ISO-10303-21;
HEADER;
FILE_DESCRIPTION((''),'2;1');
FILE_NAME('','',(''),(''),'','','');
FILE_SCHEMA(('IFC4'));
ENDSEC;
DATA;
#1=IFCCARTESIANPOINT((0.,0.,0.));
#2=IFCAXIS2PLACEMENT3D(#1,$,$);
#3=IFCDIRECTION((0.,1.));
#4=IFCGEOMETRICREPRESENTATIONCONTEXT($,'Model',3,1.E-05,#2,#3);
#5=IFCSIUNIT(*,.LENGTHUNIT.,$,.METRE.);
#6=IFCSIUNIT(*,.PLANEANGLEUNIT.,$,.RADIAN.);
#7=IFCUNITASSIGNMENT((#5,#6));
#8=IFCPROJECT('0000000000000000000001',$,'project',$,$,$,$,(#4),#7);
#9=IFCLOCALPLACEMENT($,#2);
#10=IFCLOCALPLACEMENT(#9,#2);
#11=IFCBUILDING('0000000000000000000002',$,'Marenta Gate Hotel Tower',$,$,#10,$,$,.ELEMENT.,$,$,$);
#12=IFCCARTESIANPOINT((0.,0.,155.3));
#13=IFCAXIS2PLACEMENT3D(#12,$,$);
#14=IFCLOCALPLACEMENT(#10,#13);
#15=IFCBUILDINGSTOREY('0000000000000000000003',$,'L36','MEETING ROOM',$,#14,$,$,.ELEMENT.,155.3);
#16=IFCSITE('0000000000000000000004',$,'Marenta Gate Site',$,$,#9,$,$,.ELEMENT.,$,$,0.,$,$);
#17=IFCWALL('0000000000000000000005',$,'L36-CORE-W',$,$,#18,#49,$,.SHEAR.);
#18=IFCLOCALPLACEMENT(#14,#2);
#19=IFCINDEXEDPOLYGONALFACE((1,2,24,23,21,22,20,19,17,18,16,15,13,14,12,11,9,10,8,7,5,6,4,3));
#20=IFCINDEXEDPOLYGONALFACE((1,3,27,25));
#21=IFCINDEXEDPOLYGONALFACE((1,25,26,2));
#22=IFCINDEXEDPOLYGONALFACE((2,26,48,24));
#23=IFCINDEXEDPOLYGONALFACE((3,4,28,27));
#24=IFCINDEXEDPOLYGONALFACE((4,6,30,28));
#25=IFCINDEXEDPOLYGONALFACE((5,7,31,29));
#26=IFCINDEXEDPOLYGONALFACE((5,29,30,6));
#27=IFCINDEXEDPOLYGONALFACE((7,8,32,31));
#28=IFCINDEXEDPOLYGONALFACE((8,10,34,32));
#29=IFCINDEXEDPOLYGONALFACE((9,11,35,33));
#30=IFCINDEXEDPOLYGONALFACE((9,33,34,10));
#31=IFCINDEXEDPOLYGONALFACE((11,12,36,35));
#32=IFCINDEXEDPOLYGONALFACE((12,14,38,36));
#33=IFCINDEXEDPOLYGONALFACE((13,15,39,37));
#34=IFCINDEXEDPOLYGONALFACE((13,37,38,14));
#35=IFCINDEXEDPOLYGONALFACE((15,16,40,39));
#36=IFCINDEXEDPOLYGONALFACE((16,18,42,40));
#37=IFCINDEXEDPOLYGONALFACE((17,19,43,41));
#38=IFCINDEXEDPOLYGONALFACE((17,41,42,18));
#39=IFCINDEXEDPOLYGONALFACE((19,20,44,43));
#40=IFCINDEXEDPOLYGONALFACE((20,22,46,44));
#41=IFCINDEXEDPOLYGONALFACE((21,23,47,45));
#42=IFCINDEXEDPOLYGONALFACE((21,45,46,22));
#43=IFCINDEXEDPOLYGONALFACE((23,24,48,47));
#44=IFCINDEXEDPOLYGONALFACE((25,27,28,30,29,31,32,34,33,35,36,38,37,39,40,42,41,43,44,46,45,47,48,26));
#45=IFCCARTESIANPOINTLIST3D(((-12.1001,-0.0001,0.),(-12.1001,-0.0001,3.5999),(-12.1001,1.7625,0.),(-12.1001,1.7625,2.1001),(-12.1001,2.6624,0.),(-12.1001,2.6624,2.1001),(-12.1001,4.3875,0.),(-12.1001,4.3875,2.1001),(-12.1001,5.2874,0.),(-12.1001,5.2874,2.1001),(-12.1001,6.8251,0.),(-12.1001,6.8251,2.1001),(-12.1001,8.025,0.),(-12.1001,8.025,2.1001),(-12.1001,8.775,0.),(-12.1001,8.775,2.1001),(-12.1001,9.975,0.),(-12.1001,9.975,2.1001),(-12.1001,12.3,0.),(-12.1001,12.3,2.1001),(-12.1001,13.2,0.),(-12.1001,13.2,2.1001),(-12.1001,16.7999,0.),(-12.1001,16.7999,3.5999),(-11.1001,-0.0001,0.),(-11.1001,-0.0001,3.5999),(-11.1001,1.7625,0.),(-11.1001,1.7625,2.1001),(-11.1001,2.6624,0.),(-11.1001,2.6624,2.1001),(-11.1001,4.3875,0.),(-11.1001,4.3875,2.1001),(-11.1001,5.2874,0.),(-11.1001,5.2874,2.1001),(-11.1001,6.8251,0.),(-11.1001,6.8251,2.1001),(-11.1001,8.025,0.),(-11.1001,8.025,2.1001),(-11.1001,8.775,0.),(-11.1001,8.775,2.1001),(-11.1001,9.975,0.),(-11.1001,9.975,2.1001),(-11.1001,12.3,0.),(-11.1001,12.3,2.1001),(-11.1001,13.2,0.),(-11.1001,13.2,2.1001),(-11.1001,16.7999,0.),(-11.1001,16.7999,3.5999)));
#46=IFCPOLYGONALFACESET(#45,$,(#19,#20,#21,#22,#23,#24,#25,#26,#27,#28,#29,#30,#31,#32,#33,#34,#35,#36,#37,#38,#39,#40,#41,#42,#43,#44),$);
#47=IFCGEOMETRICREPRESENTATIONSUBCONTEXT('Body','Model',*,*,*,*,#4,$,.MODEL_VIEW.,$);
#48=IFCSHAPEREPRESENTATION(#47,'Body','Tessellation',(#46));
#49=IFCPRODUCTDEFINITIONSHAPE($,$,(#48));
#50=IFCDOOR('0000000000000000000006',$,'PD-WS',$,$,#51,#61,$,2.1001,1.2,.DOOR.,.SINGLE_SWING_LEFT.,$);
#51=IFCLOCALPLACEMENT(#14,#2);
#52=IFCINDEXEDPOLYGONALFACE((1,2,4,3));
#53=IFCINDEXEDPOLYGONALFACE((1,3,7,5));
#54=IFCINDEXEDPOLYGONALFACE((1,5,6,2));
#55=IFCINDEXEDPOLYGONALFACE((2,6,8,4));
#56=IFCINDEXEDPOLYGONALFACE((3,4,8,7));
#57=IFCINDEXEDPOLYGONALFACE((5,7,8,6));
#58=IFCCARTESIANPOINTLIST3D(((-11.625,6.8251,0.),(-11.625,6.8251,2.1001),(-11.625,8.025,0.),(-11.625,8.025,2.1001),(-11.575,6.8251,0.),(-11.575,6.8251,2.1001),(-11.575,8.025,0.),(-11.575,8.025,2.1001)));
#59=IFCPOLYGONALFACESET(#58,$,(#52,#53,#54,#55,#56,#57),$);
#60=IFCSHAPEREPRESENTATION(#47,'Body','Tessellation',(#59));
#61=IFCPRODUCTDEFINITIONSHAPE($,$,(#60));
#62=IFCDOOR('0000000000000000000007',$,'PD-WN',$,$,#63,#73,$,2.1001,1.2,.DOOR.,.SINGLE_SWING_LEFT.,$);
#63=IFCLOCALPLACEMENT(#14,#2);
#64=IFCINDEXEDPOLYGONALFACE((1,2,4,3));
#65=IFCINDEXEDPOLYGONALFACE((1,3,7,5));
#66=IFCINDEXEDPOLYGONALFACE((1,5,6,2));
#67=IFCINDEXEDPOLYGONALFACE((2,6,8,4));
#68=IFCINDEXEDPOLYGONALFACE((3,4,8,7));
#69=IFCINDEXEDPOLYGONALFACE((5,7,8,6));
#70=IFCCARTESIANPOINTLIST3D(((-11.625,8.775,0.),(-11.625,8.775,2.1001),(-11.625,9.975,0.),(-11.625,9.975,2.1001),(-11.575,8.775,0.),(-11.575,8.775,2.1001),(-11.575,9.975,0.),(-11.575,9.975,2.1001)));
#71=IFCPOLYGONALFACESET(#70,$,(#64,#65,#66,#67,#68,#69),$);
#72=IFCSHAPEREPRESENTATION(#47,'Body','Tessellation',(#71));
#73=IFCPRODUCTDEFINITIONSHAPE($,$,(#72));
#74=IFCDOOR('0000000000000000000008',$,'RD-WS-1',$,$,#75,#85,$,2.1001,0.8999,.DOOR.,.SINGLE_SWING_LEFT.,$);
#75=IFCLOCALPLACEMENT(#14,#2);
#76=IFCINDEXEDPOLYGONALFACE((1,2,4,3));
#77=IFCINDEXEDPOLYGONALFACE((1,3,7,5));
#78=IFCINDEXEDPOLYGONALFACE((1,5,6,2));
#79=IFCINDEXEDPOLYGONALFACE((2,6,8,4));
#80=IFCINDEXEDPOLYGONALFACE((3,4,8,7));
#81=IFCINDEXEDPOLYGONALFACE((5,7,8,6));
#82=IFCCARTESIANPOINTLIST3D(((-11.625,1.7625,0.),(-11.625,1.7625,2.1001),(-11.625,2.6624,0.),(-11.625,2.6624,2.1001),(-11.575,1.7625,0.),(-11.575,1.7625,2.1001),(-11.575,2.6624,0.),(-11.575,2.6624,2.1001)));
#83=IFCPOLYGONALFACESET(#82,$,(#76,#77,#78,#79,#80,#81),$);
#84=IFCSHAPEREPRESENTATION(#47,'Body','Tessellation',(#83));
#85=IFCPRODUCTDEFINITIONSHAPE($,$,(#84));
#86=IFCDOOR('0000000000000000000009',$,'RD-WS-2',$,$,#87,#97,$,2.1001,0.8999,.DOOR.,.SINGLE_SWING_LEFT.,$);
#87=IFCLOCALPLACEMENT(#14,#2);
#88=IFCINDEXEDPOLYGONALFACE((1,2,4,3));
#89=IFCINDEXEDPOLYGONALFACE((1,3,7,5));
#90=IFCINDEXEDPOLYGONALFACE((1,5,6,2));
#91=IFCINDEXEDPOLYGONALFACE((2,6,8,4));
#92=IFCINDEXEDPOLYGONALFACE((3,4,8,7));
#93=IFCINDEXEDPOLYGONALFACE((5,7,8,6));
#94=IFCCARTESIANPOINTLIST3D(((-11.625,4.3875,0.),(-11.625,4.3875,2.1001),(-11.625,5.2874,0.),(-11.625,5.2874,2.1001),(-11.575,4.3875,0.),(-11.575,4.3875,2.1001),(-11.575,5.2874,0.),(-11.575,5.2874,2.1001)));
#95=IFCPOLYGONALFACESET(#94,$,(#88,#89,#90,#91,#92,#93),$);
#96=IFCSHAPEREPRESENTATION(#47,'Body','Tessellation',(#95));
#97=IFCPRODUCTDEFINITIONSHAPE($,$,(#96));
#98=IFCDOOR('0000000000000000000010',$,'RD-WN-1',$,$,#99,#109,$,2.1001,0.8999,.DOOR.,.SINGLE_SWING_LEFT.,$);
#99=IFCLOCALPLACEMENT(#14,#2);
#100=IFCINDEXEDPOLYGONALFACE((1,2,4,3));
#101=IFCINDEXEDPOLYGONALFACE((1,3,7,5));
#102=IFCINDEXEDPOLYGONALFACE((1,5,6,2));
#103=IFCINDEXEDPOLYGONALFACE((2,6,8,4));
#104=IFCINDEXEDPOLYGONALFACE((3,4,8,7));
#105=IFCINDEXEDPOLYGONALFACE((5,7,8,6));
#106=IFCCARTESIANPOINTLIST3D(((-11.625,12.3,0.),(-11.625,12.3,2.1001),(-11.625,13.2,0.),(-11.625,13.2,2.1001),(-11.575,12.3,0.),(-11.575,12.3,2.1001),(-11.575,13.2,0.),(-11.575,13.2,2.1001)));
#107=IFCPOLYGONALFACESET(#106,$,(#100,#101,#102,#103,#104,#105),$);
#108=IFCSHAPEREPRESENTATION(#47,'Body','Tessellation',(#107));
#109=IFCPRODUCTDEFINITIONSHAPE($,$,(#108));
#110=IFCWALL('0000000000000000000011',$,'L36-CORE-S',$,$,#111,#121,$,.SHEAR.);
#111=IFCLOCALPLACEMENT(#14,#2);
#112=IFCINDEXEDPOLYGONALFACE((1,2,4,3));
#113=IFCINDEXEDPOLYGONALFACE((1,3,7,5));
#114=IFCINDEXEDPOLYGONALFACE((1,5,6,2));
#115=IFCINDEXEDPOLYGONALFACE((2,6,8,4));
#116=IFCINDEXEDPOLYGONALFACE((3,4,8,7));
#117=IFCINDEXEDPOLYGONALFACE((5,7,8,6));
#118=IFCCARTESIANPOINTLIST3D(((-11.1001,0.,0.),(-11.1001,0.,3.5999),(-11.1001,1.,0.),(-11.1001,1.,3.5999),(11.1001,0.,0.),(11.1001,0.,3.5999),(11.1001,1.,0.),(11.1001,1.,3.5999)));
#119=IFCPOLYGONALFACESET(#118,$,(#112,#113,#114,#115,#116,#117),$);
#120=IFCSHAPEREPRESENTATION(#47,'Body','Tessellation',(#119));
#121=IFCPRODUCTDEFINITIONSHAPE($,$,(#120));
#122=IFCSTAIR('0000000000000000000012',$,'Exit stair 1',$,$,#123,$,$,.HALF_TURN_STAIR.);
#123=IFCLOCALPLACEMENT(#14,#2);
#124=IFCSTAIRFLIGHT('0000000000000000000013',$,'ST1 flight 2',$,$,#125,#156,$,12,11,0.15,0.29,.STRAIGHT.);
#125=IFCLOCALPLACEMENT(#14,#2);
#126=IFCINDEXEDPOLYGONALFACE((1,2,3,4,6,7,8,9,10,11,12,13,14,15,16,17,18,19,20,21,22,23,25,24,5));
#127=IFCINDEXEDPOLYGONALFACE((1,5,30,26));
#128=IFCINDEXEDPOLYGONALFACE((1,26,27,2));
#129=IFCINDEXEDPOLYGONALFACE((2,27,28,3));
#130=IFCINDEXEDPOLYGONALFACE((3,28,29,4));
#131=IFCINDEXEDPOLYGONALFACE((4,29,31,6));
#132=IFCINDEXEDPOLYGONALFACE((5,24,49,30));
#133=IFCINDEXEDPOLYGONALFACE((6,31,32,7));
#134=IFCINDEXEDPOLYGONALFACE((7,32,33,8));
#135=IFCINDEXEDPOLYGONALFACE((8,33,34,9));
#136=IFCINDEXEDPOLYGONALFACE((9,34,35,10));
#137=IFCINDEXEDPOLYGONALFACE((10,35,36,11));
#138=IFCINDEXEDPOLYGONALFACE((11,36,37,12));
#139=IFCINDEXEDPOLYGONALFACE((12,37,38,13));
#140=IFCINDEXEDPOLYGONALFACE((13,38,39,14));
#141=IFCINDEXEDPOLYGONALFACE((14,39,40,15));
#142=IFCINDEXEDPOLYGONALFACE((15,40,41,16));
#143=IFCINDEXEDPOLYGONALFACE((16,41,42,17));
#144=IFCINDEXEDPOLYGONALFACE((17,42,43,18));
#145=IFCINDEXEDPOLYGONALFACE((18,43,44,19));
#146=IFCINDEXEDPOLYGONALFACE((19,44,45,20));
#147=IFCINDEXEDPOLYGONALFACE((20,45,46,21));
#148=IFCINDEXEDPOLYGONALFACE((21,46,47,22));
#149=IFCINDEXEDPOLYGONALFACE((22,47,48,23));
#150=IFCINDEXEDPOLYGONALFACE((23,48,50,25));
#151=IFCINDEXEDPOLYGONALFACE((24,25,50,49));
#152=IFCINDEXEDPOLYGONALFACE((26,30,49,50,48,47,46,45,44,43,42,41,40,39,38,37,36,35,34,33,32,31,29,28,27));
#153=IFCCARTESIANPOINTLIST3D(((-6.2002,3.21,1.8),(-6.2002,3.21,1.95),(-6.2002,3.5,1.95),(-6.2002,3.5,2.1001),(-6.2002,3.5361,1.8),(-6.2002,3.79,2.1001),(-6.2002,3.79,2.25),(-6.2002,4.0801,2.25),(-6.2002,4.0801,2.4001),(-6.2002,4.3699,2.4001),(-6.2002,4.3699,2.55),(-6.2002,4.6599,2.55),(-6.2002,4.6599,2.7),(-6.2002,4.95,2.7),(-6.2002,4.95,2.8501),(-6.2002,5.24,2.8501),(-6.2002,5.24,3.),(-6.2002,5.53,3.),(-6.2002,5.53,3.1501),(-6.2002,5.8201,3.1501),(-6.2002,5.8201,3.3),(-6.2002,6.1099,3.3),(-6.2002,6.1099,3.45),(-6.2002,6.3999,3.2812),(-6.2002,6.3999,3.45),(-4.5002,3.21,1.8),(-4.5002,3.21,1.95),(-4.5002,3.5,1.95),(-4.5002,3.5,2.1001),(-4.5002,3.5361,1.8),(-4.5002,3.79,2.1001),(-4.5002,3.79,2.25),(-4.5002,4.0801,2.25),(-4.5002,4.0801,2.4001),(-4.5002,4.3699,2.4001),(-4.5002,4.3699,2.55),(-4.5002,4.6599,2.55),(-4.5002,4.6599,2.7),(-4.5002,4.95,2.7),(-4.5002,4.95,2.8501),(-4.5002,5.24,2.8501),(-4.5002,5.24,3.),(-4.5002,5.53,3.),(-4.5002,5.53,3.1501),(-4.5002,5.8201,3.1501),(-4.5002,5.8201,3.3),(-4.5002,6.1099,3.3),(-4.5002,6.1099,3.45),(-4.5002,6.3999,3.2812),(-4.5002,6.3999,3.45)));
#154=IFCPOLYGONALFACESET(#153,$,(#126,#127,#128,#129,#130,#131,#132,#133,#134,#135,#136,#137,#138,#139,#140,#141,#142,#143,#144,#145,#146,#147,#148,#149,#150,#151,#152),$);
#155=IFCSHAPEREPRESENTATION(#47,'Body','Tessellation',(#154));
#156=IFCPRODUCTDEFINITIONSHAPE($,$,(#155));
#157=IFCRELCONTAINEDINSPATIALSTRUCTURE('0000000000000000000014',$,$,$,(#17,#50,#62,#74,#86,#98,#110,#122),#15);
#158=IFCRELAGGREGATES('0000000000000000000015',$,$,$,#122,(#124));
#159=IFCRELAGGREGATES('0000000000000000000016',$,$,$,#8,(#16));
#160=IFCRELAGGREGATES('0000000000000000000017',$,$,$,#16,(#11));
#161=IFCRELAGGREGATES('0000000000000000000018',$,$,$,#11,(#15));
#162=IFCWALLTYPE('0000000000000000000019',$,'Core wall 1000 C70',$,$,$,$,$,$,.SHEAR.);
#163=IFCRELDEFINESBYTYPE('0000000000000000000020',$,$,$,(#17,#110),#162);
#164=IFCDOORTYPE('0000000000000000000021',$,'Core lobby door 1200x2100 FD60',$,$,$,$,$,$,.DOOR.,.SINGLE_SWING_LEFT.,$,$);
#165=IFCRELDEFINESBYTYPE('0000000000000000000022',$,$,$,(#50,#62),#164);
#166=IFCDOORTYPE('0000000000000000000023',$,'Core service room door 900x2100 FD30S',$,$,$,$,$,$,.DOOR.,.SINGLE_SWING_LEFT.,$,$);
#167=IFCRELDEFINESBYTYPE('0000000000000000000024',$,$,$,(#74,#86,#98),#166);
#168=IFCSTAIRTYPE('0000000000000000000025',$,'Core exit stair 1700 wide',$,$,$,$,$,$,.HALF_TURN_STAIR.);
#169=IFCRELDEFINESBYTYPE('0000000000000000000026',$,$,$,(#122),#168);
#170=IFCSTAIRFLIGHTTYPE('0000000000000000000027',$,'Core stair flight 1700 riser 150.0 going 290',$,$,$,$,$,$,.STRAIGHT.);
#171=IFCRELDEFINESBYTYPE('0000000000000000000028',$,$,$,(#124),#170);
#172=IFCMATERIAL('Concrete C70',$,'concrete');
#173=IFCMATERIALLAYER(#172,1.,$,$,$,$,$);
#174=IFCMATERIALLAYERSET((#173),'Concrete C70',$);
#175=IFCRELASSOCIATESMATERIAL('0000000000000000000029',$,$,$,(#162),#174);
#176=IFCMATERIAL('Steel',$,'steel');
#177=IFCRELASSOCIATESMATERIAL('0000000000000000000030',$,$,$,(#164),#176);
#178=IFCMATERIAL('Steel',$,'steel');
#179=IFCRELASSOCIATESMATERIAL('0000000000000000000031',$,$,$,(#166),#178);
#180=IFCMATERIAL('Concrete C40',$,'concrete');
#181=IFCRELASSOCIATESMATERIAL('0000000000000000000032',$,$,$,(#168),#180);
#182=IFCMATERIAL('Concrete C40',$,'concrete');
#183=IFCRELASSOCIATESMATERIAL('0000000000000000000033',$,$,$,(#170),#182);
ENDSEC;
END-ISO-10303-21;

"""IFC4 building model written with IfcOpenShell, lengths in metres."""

from ifc_helpers import new_model, si_unit, direction, frame, frame_2d, origin, place, context, subcontext, project, spatial, polyline, rectangle, outline, extrude, material, layer, layer_set, type_object, element, fill, aggregate, save


model = new_model("IFC4")

# Units and contexts
model_context = context("Model", 3, precision=1e-05, world=origin(), true_north=direction((0.0, 1.0)))
body_context = subcontext(model_context, "Body", "Model", "MODEL_VIEW")
ifc_project = project(units=[si_unit("LENGTHUNIT", "METRE"), si_unit("PLANEANGLEUNIT", "RADIAN")], contexts=[model_context])

# Site, building, storey
site_placement = place(None, origin())
site = spatial("IfcSite", under=ifc_project, at=site_placement, Name="Marenta Gate Site", CompositionType="ELEMENT", RefElevation=0.0)
building_placement = place(site_placement, origin())
building = spatial("IfcBuilding", under=site, at=building_placement, Name="Marenta Gate Hotel Tower", CompositionType="ELEMENT")
storey_placement = place(building_placement, frame((0.0, 0.0, 155.3)))
storey = spatial("IfcBuildingStorey", under=building, at=storey_placement, Name="L36", Description="MEETING ROOM", CompositionType="ELEMENT", Elevation=155.3)

# Wall, openings, doors
ifc_material_1 = material(Name="Concrete C70", Category="concrete")
ifc_layer_1 = layer(ifc_material_1, 1.0)
ifc_layer_set_1 = layer_set([ifc_layer_1], Name="Concrete C70")
wall_type_1 = type_object("IfcWallType", Name="Core wall 1000 C70", PredefinedType="SHEAR", material=ifc_layer_set_1)
wall_1_placement = place(storey_placement, frame((-11.6001, 0.0, 0.0), z_axis=(0.0, 0.0, 1.0), x_axis=(0.0, 1.0, 0.0)))
wall_1 = element("IfcWall", 1, at=wall_1_placement, inside=storey, type_object=wall_type_1, Name="L36-CORE-W", PredefinedType="SHEAR", context=body_context, shape_type="SweptSolid", body=[
    extrude(rectangle(XDim=16.8, YDim=1.0, at=frame_2d((8.3999, 0.0))), origin(), (0.0, 0.0, 1.0), 3.5999),
])
opening_1_placement = place(wall_1_placement, frame((1.7625, 0.0, 0.0)))
opening_1 = element("IfcOpeningElement", 2, at=opening_1_placement, cuts=wall_1, PredefinedType="OPENING", context=body_context, shape_type="SweptSolid", body=[
    extrude(rectangle(XDim=0.8999, YDim=2.1001, at=frame_2d((0.45, 1.05))), frame((0.0, 0.5, 0.0), z_axis=(0.0, -1.0, 0.0), x_axis=(1.0, 0.0, 0.0)), (0.0, 0.0, 1.0), 1.0),
])
opening_2_placement = place(wall_1_placement, frame((4.3875, 0.0, 0.0)))
opening_2 = element("IfcOpeningElement", 3, at=opening_2_placement, cuts=wall_1, PredefinedType="OPENING", context=body_context, shape_type="SweptSolid", body=[
    extrude(rectangle(XDim=0.8999, YDim=2.1001, at=frame_2d((0.45, 1.05))), frame((0.0, 0.5, 0.0), z_axis=(0.0, -1.0, 0.0), x_axis=(1.0, 0.0, 0.0)), (0.0, 0.0, 1.0), 1.0),
])
opening_3_placement = place(wall_1_placement, frame((6.825, 0.0, 0.0)))
opening_3 = element("IfcOpeningElement", 4, at=opening_3_placement, cuts=wall_1, PredefinedType="OPENING", context=body_context, shape_type="SweptSolid", body=[
    extrude(rectangle(XDim=1.2, YDim=2.1001, at=frame_2d((0.6001, 1.05))), frame((0.0, 0.5, 0.0), z_axis=(0.0, -1.0, 0.0), x_axis=(1.0, 0.0, 0.0)), (0.0, 0.0, 1.0), 1.0),
])
opening_4_placement = place(wall_1_placement, frame((12.3, 0.0, 0.0)))
opening_4 = element("IfcOpeningElement", 5, at=opening_4_placement, cuts=wall_1, PredefinedType="OPENING", context=body_context, shape_type="SweptSolid", body=[
    extrude(rectangle(XDim=0.8999, YDim=2.1001, at=frame_2d((0.45, 1.05))), frame((0.0, 0.5, 0.0), z_axis=(0.0, -1.0, 0.0), x_axis=(1.0, 0.0, 0.0)), (0.0, 0.0, 1.0), 1.0),
])
opening_5_placement = place(wall_1_placement, frame((8.7749, 0.0, 0.0)))
opening_5 = element("IfcOpeningElement", 6, at=opening_5_placement, cuts=wall_1, PredefinedType="OPENING", context=body_context, shape_type="SweptSolid", body=[
    extrude(rectangle(XDim=1.2, YDim=2.1001, at=frame_2d((0.6001, 1.05))), frame((0.0, 0.5, 0.0), z_axis=(0.0, -1.0, 0.0), x_axis=(1.0, 0.0, 0.0)), (0.0, 0.0, 1.0), 1.0),
])
ifc_material_2 = material(Name="Steel", Category="steel")
door_type_1 = type_object("IfcDoorType", Name="Core lobby door 1200x2100 FD60", OperationType="SINGLE_SWING_LEFT", PredefinedType="DOOR", material=ifc_material_2)
door_1_placement = place(opening_3_placement, origin())
door_1 = element("IfcDoor", 7, at=door_1_placement, inside=storey, type_object=door_type_1, Name="PD-WS", OperationType="SINGLE_SWING_LEFT", OverallHeight=2.1001, OverallWidth=1.2, PredefinedType="DOOR", context=body_context, shape_type="SweptSolid", body=[
    extrude(rectangle(XDim=1.2, YDim=2.1001, at=frame_2d((0.6001, 1.05))), frame((0.0, 0.0249, 0.0), z_axis=(0.0, -1.0, 0.0), x_axis=(1.0, 0.0, 0.0)), (0.0, 0.0, 1.0), 0.05),
])
fill(opening_3, door_1)
door_2_placement = place(opening_5_placement, origin())
door_2 = element("IfcDoor", 8, at=door_2_placement, inside=storey, type_object=door_type_1, Name="PD-WN", OperationType="SINGLE_SWING_LEFT", OverallHeight=2.1001, OverallWidth=1.2, PredefinedType="DOOR", context=body_context, shape_type="SweptSolid", body=[
    extrude(rectangle(XDim=1.2, YDim=2.1001, at=frame_2d((0.6001, 1.05))), frame((0.0, 0.0249, 0.0), z_axis=(0.0, -1.0, 0.0), x_axis=(1.0, 0.0, 0.0)), (0.0, 0.0, 1.0), 0.05),
])
fill(opening_5, door_2)
ifc_material_3 = material(Name="Steel", Category="steel")
door_type_2 = type_object("IfcDoorType", Name="Core service room door 900x2100 FD30S", OperationType="SINGLE_SWING_LEFT", PredefinedType="DOOR", material=ifc_material_3)
door_3_placement = place(opening_1_placement, origin())
door_3 = element("IfcDoor", 9, at=door_3_placement, inside=storey, type_object=door_type_2, Name="RD-WS-1", OperationType="SINGLE_SWING_LEFT", OverallHeight=2.1001, OverallWidth=0.8999, PredefinedType="DOOR", context=body_context, shape_type="SweptSolid", body=[
    extrude(rectangle(XDim=0.8999, YDim=2.1001, at=frame_2d((0.45, 1.05))), frame((0.0, 0.0249, 0.0), z_axis=(0.0, -1.0, 0.0), x_axis=(1.0, 0.0, 0.0)), (0.0, 0.0, 1.0), 0.05),
])
fill(opening_1, door_3)
door_4_placement = place(opening_2_placement, origin())
door_4 = element("IfcDoor", 10, at=door_4_placement, inside=storey, type_object=door_type_2, Name="RD-WS-2", OperationType="SINGLE_SWING_LEFT", OverallHeight=2.1001, OverallWidth=0.8999, PredefinedType="DOOR", context=body_context, shape_type="SweptSolid", body=[
    extrude(rectangle(XDim=0.8999, YDim=2.1001, at=frame_2d((0.45, 1.05))), frame((0.0, 0.0249, 0.0), z_axis=(0.0, -1.0, 0.0), x_axis=(1.0, 0.0, 0.0)), (0.0, 0.0, 1.0), 0.05),
])
fill(opening_2, door_4)
door_5_placement = place(opening_4_placement, origin())
door_5 = element("IfcDoor", 11, at=door_5_placement, inside=storey, type_object=door_type_2, Name="RD-WN-1", OperationType="SINGLE_SWING_LEFT", OverallHeight=2.1001, OverallWidth=0.8999, PredefinedType="DOOR", context=body_context, shape_type="SweptSolid", body=[
    extrude(rectangle(XDim=0.8999, YDim=2.1001, at=frame_2d((0.45, 1.05))), frame((0.0, 0.0249, 0.0), z_axis=(0.0, -1.0, 0.0), x_axis=(1.0, 0.0, 0.0)), (0.0, 0.0, 1.0), 0.05),
])
fill(opening_4, door_5)

# Wall
wall_2_placement = place(storey_placement, frame((-11.1001, 0.5, 0.0), z_axis=(0.0, 0.0, 1.0), x_axis=(1.0, 0.0, 0.0)))
element("IfcWall", 12, at=wall_2_placement, inside=storey, type_object=wall_type_1, Name="L36-CORE-S", PredefinedType="SHEAR", context=body_context, shape_type="SweptSolid", body=[
    extrude(rectangle(XDim=22.2002, YDim=1.0, at=frame_2d((11.1001, 0.0))), origin(), (0.0, 0.0, 1.0), 3.5999),
])

# Stair, stair flight
ifc_material_4 = material(Name="Concrete C40", Category="concrete")
stair_type = type_object("IfcStairType", Name="Core exit stair 1700 wide", PredefinedType="HALF_TURN_STAIR", material=ifc_material_4)
stair_placement = place(storey_placement, origin())
stair = element("IfcStair", 13, at=stair_placement, inside=storey, type_object=stair_type, Name="Exit stair 1", PredefinedType="HALF_TURN_STAIR")
ifc_material_5 = material(Name="Concrete C40", Category="concrete")
stair_flight_type = type_object("IfcStairFlightType", Name="Core stair flight 1700 riser 150.0 going 290", PredefinedType="STRAIGHT", material=ifc_material_5)
stair_flight_placement = place(storey_placement, frame((-5.3501, 3.21, 1.8), z_axis=(0.0, 0.0, 1.0), x_axis=(0.0, 1.0, 0.0)))
stair_flight = element("IfcStairFlight", 14, at=stair_flight_placement, type_object=stair_flight_type, Name="ST1 flight 2", NumberOfRisers=12, NumberOfTreads=11, PredefinedType="STRAIGHT", RiserHeight=0.15, TreadLength=0.29, context=body_context, shape_type="SweptSolid", body=[
    extrude(outline(polyline([(0.0, 0.0), (0.0, 0.1499), (0.29, 0.1499), (0.29, 0.3), (0.5801, 0.3), (0.5801, 0.45), (0.8701, 0.45), (0.8701, 0.6001), (1.1599, 0.6001), (1.1599, 0.75), (1.45, 0.75), (1.45, 0.8999), (1.74, 0.8999), (1.74, 1.05), (2.03, 1.05), (2.03, 1.2), (2.3201, 1.2), (2.3201, 1.3501), (2.6101, 1.3501), (2.6101, 1.5), (2.8999, 1.5), (2.8999, 1.6499), (3.1899, 1.6499), (3.1899, 1.8), (3.1899, 1.4812), (0.3262, 0.0), (0.0, 0.0)])), frame((0.0, 0.8501, 0.0), z_axis=(0.0, -1.0, 0.0), x_axis=(1.0, 0.0, 0.0)), (0.0, 0.0, 1.0), 1.7),
])
aggregate(stair, [stair_flight])

save(model, "model.ifc")
